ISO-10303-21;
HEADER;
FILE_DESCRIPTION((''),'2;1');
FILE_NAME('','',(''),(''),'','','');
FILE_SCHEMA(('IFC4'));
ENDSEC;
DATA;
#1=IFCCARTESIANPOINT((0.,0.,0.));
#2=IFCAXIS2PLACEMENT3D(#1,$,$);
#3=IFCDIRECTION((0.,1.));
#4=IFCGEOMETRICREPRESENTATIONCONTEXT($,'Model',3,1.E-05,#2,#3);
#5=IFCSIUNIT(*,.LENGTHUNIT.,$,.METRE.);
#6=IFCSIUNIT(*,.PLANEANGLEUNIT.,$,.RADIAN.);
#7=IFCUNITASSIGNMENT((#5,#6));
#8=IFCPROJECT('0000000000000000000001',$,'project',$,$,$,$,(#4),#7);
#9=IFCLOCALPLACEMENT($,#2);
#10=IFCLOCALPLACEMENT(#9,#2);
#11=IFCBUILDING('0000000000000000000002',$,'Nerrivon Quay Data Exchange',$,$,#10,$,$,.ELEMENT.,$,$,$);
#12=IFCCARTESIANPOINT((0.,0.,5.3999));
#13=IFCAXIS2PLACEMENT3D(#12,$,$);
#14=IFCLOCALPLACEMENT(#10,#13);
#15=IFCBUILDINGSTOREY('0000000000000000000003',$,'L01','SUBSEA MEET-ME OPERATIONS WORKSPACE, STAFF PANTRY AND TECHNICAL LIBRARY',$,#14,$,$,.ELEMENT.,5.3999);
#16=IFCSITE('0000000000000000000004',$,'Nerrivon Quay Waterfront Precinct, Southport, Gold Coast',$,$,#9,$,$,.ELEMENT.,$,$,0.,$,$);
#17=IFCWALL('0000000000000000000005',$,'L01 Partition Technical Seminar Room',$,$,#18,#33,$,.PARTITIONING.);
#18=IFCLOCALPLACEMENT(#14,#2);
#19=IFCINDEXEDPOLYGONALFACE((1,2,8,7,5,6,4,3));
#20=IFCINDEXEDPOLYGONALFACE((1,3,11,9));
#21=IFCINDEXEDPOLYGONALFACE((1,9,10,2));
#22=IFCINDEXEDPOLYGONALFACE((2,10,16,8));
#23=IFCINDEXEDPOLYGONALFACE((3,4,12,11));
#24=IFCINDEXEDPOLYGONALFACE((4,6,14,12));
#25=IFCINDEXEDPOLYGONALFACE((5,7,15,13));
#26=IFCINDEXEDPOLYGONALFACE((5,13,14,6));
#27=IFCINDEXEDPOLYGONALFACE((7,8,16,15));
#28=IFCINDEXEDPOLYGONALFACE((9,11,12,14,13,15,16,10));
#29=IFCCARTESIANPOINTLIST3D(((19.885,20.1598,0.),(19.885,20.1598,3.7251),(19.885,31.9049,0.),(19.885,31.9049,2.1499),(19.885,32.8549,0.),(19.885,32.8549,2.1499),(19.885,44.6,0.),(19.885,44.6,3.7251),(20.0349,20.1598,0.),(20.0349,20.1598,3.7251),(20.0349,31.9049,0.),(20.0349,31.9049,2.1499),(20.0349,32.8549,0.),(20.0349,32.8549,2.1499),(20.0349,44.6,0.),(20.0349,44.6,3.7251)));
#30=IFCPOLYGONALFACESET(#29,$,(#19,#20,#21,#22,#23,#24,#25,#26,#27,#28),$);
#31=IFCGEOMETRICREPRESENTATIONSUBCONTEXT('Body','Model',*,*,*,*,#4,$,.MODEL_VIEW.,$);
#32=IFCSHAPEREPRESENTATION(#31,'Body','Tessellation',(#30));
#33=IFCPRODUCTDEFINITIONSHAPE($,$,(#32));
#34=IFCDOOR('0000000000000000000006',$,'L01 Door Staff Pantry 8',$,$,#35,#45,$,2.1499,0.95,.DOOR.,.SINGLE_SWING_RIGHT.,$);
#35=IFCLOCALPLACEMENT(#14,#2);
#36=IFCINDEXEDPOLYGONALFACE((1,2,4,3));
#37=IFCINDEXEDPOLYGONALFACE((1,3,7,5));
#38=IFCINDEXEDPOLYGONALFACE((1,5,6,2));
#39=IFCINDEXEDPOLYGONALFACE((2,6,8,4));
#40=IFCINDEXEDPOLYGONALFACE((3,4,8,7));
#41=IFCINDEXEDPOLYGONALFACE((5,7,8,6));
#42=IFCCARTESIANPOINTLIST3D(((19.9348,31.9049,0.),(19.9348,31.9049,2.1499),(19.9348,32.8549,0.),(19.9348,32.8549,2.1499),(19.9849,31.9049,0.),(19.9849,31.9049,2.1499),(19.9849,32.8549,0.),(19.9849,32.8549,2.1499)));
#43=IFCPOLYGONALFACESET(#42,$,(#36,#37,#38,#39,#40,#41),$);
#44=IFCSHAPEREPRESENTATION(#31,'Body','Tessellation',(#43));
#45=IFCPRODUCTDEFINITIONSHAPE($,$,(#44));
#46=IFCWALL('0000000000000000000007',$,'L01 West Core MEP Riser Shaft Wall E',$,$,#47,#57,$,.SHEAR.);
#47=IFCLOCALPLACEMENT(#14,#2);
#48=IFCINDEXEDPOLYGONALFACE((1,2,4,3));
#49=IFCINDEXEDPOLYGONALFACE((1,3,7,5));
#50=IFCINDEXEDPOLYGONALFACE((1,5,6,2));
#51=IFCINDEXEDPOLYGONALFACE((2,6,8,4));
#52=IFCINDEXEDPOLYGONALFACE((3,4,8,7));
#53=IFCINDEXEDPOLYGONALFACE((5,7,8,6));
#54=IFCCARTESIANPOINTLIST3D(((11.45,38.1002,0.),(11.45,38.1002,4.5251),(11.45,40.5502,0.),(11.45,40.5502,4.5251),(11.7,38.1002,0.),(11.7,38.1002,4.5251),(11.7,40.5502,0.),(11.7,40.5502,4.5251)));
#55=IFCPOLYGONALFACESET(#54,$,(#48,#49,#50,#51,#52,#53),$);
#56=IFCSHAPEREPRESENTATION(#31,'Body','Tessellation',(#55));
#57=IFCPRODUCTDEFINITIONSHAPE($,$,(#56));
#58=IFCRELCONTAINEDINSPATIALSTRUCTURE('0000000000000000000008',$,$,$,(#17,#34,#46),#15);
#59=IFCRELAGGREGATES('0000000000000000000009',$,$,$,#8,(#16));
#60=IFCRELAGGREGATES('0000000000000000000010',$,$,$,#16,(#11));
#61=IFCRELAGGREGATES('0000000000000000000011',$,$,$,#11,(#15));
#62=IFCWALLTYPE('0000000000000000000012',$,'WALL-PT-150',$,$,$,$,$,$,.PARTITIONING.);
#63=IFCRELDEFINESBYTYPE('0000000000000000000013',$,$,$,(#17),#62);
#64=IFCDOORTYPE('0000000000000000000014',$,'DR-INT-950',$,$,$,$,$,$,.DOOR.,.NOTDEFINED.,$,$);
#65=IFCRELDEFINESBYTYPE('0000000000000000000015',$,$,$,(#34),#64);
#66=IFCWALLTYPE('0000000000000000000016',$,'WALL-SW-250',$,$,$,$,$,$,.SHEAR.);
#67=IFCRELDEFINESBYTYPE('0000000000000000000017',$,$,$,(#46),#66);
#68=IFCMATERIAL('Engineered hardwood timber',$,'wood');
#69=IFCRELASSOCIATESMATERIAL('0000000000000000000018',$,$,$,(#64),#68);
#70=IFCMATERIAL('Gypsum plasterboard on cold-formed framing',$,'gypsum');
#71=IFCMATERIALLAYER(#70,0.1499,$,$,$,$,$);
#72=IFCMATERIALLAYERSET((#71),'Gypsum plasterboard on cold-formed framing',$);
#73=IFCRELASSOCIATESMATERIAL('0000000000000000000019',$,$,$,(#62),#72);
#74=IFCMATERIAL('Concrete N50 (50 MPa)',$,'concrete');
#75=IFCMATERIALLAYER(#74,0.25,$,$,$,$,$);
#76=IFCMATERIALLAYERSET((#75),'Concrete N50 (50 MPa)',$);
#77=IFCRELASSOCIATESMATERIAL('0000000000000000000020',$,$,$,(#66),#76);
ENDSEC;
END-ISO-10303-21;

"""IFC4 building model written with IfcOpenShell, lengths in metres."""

from ifc_helpers import new_model, si_unit, direction, frame, frame_2d, origin, place, context, subcontext, project, spatial, rectangle, extrude, material, layer, layer_set, type_object, element, fill, save


model = new_model("IFC4")

# Units and contexts
model_context = context("Model", 3, precision=1e-05, world=origin(), true_north=direction((0.0, 1.0)))
body_context = subcontext(model_context, "Body", "Model", "MODEL_VIEW")
ifc_project = project(units=[si_unit("LENGTHUNIT", "METRE"), si_unit("PLANEANGLEUNIT", "RADIAN")], contexts=[model_context])

# Site, building, storey
site_placement = place(None, origin())
site = spatial("IfcSite", under=ifc_project, at=site_placement, Name="Nerrivon Quay Waterfront Precinct, Southport, Gold Coast", CompositionType="ELEMENT", RefElevation=0.0)
building_placement = place(site_placement, origin())
building = spatial("IfcBuilding", under=site, at=building_placement, Name="Nerrivon Quay Data Exchange", CompositionType="ELEMENT")
storey_placement = place(building_placement, frame((0.0, 0.0, 5.3999)))
storey = spatial("IfcBuildingStorey", under=building, at=storey_placement, Name="L01", Description="SUBSEA MEET-ME OPERATIONS WORKSPACE, STAFF PANTRY AND TECHNICAL LIBRARY", CompositionType="ELEMENT", Elevation=5.3999)

# Shared definitions
ifc_material_1 = material(Name="Gypsum plasterboard on cold-formed framing", Category="gypsum")

# Wall, opening, door
ifc_material_2 = material(Name="Engineered hardwood timber", Category="wood")
door_type = type_object("IfcDoorType", Name="DR-INT-950", OperationType="NOTDEFINED", PredefinedType="DOOR", material=ifc_material_2)
ifc_layer_1 = layer(ifc_material_1, 0.1499)
ifc_layer_set_1 = layer_set([ifc_layer_1], Name="Gypsum plasterboard on cold-formed framing")
wall_type_1 = type_object("IfcWallType", Name="WALL-PT-150", PredefinedType="PARTITIONING", material=ifc_layer_set_1)
wall_1_placement = place(storey_placement, frame((19.96, 44.6001, 0.0), z_axis=(0.0, 0.0, 1.0), x_axis=(0.0, -1.0, 0.0)))
wall_1 = element("IfcWall", 1, at=wall_1_placement, inside=storey, type_object=wall_type_1, Name="L01 Partition Technical Seminar Room", PredefinedType="PARTITIONING", context=body_context, shape_type="SweptSolid", body=[
    extrude(rectangle(XDim=24.4402, YDim=0.1499, at=frame_2d((12.2202, 0.0))), origin(), (0.0, 0.0, 1.0), 3.7251),
])
opening_1_placement = place(wall_1_placement, frame((11.7451, 0.0, 0.0)))
opening_1 = element("IfcOpeningElement", 2, at=opening_1_placement, cuts=wall_1, PredefinedType="OPENING", context=body_context, shape_type="SweptSolid", body=[
    extrude(rectangle(XDim=0.95, YDim=2.1499, at=frame_2d((0.4751, 1.075))), frame((0.0, 0.085, 0.0), z_axis=(0.0, -1.0, 0.0), x_axis=(1.0, 0.0, 0.0)), (0.0, 0.0, 1.0), 0.1699),
])
door_1_placement = place(opening_1_placement, origin())
door_1 = element("IfcDoor", 3, at=door_1_placement, inside=storey, type_object=door_type, Name="L01 Door Staff Pantry 8", OperationType="SINGLE_SWING_RIGHT", OverallHeight=2.1499, OverallWidth=0.95, PredefinedType="DOOR", context=body_context, shape_type="SweptSolid", body=[
    extrude(rectangle(XDim=0.95, YDim=2.1499, at=frame_2d((0.4751, 1.075))), frame((0.0, 0.0249, 0.0), z_axis=(0.0, -1.0, 0.0), x_axis=(1.0, 0.0, 0.0)), (0.0, 0.0, 1.0), 0.05),
])
fill(opening_1, door_1)

# Wall
ifc_material_3 = material(Name="Concrete N50 (50 MPa)", Category="concrete")
ifc_layer_2 = layer(ifc_material_3, 0.25)
ifc_layer_set_2 = layer_set([ifc_layer_2], Name="Concrete N50 (50 MPa)")
wall_type_2 = type_object("IfcWallType", Name="WALL-SW-250", PredefinedType="SHEAR", material=ifc_layer_set_2)
wall_2_placement = place(storey_placement, frame((11.575, 38.1001, 0.0), z_axis=(0.0, 0.0, 1.0), x_axis=(0.0, 1.0, 0.0)))
element("IfcWall", 4, at=wall_2_placement, inside=storey, type_object=wall_type_2, Name="L01 West Core MEP Riser Shaft Wall E", PredefinedType="SHEAR", context=body_context, shape_type="SweptSolid", body=[
    extrude(rectangle(XDim=2.45, YDim=0.25, at=frame_2d((1.2251, 0.0))), origin(), (0.0, 0.0, 1.0), 4.5251),
])

save(model, "model.ifc")
